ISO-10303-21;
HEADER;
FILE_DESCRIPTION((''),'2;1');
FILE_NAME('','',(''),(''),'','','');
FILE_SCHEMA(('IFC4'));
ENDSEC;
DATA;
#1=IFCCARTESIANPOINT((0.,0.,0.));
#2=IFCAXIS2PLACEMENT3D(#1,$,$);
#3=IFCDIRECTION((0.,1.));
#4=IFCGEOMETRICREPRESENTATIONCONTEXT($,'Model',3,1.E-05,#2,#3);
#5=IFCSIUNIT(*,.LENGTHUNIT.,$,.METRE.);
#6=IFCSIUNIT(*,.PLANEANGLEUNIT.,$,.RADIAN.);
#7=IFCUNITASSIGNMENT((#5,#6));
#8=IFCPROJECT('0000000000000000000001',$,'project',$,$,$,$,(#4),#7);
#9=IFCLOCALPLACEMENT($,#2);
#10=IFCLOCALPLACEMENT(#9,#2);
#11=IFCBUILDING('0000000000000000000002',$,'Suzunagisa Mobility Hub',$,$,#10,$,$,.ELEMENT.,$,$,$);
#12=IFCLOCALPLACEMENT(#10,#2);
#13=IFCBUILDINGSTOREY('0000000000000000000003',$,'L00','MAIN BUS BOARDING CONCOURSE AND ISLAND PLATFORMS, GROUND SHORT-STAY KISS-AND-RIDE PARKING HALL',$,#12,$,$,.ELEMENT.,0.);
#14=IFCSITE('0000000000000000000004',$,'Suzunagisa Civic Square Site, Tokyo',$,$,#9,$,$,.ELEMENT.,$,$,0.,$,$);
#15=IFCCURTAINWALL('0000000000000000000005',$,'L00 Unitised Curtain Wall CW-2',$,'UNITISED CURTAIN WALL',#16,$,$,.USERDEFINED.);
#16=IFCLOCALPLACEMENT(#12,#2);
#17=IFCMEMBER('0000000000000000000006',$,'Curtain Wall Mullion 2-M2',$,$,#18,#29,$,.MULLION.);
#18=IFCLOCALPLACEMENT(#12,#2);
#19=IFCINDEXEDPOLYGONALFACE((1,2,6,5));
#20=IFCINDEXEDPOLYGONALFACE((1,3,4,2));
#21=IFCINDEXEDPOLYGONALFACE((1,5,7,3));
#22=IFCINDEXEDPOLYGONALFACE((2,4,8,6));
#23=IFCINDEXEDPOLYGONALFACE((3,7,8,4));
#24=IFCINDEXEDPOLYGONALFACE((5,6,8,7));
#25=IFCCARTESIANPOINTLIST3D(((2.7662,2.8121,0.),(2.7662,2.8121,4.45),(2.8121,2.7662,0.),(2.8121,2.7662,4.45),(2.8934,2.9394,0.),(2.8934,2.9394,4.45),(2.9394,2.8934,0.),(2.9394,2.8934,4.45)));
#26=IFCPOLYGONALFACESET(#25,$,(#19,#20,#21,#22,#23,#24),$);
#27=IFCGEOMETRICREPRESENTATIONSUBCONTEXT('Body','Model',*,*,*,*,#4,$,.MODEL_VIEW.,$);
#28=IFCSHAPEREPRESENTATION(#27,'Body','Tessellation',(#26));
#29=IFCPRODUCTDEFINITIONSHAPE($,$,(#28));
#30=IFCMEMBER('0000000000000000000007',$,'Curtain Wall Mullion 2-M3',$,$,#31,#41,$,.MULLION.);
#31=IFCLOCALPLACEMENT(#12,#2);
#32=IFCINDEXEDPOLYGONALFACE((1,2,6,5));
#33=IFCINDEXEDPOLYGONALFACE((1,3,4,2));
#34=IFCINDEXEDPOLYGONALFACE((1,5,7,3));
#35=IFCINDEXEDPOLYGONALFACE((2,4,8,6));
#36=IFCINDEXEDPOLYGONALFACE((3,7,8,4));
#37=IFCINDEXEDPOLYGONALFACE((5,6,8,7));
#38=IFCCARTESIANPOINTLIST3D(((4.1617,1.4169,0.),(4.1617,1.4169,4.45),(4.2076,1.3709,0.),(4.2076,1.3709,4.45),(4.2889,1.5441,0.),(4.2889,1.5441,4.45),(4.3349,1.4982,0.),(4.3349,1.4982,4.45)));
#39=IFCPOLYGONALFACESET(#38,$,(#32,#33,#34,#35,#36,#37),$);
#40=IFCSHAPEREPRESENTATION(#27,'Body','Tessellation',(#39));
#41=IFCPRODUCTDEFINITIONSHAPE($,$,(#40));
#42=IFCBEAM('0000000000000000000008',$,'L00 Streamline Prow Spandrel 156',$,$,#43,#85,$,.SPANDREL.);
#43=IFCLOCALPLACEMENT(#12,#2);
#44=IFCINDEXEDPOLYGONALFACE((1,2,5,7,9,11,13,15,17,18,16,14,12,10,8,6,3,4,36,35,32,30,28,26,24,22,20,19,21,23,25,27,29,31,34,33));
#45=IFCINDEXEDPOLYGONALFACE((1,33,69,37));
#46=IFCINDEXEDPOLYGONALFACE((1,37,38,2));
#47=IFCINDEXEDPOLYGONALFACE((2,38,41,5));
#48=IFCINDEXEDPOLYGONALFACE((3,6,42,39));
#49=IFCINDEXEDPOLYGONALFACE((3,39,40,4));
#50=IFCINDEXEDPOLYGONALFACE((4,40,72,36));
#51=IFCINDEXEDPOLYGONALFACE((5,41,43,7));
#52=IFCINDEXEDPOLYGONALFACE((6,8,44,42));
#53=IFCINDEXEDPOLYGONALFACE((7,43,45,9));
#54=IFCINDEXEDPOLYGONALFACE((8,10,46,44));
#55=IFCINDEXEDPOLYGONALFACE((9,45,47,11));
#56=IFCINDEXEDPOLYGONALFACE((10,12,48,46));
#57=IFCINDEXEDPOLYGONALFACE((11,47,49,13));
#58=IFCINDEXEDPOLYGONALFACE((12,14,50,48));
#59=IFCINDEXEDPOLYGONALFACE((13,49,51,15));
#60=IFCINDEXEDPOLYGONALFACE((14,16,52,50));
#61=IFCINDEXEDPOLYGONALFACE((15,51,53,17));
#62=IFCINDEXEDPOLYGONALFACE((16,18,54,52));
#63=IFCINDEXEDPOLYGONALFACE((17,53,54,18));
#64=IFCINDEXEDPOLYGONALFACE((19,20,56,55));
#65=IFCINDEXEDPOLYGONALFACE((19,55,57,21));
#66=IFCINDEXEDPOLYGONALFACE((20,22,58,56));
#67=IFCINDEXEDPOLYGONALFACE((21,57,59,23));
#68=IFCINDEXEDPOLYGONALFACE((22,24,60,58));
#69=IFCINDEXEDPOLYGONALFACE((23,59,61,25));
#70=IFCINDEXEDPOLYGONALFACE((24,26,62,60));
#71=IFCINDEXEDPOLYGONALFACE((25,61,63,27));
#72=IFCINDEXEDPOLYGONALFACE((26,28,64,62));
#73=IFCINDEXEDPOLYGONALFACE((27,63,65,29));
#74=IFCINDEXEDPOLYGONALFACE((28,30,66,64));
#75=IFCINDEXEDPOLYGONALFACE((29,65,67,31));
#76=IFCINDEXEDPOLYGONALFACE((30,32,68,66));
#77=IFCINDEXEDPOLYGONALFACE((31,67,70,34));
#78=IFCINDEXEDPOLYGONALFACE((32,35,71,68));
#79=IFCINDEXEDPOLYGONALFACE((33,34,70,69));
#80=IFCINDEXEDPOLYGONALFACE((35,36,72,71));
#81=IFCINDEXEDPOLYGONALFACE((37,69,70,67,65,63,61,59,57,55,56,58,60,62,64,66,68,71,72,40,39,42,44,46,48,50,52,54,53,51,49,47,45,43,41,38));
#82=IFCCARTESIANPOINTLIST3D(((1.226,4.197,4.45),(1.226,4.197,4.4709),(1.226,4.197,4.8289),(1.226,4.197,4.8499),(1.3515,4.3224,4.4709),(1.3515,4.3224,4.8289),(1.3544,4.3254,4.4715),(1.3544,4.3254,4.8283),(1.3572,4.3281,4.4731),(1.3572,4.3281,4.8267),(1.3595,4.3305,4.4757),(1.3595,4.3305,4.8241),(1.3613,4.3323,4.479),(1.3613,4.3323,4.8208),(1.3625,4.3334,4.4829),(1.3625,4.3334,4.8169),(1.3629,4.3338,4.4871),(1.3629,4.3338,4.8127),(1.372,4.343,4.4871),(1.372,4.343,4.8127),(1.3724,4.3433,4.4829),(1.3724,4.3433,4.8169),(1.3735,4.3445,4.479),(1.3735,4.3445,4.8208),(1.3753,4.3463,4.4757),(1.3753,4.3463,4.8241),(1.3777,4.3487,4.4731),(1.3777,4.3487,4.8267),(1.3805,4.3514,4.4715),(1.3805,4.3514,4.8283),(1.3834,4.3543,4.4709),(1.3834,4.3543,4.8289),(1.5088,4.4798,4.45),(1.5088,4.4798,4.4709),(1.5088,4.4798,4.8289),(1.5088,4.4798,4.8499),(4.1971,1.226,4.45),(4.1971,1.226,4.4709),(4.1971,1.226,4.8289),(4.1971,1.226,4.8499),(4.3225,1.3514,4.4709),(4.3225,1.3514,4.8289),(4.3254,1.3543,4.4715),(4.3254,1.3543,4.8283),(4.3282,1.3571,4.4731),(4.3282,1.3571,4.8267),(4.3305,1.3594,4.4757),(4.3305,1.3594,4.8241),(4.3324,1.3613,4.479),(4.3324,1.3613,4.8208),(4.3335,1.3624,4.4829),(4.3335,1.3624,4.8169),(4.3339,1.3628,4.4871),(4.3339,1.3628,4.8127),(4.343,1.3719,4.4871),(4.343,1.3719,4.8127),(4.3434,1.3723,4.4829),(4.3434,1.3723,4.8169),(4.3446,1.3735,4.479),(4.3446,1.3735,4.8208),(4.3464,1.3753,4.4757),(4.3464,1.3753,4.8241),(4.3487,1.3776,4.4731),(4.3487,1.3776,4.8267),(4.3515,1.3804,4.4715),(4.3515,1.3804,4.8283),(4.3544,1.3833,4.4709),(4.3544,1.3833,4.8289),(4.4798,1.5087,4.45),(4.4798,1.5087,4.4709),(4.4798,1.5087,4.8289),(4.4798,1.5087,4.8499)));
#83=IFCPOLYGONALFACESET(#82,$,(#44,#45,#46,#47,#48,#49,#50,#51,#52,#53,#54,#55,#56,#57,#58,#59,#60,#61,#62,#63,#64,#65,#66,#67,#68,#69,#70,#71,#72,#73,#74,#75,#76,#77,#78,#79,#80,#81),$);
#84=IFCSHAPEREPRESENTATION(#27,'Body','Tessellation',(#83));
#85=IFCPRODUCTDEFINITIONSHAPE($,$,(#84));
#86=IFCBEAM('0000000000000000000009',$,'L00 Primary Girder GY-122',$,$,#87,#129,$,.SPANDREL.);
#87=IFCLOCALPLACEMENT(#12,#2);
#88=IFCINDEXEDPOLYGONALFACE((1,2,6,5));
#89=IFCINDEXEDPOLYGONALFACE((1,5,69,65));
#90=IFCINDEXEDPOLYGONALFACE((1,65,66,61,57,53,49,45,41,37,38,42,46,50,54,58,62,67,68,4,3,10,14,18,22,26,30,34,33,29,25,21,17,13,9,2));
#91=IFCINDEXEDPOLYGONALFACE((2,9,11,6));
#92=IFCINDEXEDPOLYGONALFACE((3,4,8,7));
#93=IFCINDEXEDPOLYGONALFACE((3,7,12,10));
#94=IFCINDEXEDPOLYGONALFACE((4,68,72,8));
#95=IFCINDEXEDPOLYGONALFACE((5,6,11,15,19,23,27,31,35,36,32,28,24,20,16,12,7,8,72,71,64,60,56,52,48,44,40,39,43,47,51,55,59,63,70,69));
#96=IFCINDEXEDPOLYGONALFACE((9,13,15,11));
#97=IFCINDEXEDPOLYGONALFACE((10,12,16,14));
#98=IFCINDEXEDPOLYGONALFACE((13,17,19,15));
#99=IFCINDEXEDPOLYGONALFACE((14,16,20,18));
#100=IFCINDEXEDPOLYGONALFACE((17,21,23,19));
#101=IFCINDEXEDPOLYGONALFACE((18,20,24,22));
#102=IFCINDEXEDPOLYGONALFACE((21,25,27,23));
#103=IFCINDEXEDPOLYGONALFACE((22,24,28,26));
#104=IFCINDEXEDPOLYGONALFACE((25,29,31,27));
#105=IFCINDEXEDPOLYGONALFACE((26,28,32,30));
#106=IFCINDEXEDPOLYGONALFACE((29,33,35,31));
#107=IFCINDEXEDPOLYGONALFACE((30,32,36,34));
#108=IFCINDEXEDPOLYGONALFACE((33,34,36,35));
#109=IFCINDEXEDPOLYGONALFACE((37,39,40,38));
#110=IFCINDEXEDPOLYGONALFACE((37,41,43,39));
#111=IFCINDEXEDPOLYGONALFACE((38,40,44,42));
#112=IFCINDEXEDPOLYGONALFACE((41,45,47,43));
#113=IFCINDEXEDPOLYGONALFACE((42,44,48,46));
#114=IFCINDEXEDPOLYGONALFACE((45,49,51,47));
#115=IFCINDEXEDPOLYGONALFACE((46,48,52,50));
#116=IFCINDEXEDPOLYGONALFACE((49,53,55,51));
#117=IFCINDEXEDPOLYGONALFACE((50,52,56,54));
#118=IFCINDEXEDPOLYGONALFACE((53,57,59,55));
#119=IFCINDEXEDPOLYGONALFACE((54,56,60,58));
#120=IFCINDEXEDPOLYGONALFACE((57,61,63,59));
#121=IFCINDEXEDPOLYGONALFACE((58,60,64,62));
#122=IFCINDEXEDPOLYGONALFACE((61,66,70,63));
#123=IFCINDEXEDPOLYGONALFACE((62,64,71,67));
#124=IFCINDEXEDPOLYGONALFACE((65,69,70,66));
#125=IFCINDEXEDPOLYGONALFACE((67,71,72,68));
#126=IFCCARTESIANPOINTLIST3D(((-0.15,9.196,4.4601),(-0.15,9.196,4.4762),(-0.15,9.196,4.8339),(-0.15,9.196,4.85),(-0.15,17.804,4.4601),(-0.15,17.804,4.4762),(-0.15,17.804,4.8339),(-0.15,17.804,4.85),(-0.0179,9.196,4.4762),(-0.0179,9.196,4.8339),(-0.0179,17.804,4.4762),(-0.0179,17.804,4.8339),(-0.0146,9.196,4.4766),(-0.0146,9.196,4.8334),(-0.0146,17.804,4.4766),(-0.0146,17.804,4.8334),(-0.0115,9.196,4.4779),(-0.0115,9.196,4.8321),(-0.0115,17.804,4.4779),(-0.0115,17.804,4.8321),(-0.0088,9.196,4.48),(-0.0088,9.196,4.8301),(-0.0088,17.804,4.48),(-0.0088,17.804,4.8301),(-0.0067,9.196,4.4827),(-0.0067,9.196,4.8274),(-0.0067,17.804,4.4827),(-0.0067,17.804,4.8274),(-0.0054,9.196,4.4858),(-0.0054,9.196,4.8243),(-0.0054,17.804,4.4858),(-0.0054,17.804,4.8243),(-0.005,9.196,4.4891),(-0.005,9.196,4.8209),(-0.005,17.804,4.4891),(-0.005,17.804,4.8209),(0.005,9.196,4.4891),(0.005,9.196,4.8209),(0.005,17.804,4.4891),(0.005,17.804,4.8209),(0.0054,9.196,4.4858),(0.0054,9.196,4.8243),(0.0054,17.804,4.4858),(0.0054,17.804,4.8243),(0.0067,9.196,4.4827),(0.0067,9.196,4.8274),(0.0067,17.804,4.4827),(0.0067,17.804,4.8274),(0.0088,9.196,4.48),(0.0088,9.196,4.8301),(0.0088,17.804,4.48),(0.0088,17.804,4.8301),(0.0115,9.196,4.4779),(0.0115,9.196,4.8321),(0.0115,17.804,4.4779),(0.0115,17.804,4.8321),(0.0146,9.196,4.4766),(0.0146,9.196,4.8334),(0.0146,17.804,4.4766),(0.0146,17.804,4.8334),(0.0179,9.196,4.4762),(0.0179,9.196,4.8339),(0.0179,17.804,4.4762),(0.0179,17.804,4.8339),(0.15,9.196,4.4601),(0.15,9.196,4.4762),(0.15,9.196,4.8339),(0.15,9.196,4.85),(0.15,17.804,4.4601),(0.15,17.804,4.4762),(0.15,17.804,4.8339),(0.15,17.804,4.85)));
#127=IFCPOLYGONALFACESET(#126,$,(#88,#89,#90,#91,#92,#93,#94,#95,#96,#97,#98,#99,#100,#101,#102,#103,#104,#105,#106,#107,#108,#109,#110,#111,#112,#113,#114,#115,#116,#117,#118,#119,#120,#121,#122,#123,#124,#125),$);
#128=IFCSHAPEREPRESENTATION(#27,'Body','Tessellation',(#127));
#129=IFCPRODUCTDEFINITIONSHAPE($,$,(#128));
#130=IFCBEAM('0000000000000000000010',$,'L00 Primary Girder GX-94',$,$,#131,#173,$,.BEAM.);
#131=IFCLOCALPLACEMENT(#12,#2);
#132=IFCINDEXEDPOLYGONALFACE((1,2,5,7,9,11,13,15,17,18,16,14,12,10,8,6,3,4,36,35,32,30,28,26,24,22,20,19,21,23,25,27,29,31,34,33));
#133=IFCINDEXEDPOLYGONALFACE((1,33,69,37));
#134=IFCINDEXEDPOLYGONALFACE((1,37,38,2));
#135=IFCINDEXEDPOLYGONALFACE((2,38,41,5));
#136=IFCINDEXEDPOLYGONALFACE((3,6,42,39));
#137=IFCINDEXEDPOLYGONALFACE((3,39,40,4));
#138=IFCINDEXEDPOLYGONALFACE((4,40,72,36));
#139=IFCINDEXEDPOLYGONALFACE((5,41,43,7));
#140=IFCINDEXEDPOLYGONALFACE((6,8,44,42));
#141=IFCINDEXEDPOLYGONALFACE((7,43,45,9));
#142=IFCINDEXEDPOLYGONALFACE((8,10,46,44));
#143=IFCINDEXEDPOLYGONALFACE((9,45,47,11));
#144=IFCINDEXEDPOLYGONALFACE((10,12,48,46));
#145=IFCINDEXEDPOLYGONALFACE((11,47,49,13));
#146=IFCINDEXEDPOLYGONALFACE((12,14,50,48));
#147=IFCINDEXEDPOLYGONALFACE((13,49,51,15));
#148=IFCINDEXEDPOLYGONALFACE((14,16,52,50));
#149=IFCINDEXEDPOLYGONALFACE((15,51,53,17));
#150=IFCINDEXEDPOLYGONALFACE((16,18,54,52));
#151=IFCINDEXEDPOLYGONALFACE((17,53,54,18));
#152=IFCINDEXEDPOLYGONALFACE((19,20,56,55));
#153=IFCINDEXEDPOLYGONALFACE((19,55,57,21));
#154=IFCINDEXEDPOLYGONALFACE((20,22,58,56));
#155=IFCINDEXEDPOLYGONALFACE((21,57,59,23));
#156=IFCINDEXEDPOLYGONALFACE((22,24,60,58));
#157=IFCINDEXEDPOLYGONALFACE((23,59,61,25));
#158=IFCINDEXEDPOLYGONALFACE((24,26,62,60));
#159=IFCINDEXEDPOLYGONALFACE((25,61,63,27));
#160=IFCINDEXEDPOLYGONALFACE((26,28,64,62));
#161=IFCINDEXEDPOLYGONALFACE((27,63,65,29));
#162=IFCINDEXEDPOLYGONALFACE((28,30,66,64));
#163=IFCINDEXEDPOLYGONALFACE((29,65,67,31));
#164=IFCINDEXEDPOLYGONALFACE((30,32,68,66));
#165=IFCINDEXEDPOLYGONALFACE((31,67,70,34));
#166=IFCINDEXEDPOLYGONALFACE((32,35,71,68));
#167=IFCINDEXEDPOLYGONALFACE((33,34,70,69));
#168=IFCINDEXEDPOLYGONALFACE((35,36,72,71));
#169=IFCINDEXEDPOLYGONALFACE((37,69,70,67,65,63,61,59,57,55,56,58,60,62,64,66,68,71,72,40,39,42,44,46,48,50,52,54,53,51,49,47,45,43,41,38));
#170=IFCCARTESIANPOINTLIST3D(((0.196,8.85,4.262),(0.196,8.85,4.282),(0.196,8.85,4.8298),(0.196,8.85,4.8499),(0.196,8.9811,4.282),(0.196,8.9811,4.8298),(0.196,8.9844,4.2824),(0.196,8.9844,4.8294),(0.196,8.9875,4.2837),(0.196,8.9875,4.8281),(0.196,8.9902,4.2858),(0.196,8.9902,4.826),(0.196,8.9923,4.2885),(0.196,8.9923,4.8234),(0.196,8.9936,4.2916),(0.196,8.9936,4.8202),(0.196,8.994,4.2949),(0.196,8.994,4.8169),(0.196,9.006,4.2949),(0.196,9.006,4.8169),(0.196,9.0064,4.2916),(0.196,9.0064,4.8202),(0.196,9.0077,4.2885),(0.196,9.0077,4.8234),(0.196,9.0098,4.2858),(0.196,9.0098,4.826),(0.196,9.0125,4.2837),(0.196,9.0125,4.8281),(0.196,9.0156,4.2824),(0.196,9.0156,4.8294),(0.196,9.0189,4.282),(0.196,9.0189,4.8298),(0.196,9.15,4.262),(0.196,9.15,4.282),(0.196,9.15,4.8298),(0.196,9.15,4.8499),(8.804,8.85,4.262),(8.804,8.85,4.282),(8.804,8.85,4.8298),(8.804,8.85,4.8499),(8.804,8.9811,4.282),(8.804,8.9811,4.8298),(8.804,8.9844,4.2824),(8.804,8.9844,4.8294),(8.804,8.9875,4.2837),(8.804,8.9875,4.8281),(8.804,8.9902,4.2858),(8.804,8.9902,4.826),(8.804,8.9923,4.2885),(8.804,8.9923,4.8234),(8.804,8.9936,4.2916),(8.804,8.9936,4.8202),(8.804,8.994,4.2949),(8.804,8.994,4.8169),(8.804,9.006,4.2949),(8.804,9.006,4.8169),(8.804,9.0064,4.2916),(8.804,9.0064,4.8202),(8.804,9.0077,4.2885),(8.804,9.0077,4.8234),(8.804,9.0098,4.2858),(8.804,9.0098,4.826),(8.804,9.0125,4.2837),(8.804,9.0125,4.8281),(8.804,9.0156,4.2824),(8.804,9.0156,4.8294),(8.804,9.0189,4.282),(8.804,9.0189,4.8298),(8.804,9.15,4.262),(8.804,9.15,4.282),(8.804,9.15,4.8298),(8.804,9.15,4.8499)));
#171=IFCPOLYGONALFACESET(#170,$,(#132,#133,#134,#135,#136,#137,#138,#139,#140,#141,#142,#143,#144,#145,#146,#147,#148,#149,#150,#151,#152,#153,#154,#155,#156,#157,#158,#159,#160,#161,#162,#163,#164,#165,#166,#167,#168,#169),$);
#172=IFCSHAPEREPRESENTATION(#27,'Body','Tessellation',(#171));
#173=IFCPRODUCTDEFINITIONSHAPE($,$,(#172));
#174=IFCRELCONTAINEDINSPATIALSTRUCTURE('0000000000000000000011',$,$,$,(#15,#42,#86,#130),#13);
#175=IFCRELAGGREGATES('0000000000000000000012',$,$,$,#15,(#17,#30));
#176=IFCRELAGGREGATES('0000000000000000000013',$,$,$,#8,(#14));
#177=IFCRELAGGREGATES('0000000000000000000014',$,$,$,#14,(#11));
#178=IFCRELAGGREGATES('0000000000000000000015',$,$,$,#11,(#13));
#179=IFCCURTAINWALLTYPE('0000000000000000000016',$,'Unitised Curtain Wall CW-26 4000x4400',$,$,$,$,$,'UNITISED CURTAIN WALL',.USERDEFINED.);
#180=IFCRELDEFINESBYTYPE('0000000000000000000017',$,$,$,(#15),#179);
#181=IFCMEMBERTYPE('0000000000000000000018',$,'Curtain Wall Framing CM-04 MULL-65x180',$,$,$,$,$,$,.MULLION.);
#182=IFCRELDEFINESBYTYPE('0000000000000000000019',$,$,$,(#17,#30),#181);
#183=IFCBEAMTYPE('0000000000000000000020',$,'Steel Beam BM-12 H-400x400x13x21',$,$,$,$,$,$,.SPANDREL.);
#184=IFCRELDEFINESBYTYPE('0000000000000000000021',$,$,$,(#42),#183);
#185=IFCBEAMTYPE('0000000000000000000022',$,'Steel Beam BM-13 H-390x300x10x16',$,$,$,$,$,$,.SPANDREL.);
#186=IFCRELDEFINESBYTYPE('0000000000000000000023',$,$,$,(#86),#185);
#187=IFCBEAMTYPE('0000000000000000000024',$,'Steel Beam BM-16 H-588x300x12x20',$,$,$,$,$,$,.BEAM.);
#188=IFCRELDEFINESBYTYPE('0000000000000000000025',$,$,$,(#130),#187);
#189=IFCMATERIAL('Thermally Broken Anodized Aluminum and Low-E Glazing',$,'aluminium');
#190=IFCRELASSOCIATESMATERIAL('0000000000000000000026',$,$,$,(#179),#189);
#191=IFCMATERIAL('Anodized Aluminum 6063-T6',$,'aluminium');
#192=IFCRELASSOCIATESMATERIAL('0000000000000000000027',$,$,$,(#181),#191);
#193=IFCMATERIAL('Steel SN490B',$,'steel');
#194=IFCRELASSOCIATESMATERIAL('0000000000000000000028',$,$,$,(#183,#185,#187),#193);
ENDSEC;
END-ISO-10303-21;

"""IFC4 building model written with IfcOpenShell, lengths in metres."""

from ifc_helpers import new_model, si_unit, direction, frame, origin, origin_2d, place, context, subcontext, project, spatial, rectangle, i_section, extrude, material, material_profile, profile_set, type_object, element, aggregate, save


model = new_model("IFC4")

# Units and contexts
model_context = context("Model", 3, precision=1e-05, world=origin(), true_north=direction((0.0, 1.0)))
body_context = subcontext(model_context, "Body", "Model", "MODEL_VIEW")
ifc_project = project(units=[si_unit("LENGTHUNIT", "METRE"), si_unit("PLANEANGLEUNIT", "RADIAN")], contexts=[model_context])

# Site, building, storey
site_placement = place(None, origin())
site = spatial("IfcSite", under=ifc_project, at=site_placement, Name="Suzunagisa Civic Square Site, Tokyo", CompositionType="ELEMENT", RefElevation=0.0)
building_placement = place(site_placement, origin())
building = spatial("IfcBuilding", under=site, at=building_placement, Name="Suzunagisa Mobility Hub", CompositionType="ELEMENT")
storey_placement = place(building_placement, origin())
storey = spatial("IfcBuildingStorey", under=building, at=storey_placement, Name="L00", Description="MAIN BUS BOARDING CONCOURSE AND ISLAND PLATFORMS, GROUND SHORT-STAY KISS-AND-RIDE PARKING HALL", CompositionType="ELEMENT", Elevation=0.0)

# Shared definitions
ifc_material_1 = material(Name="Steel SN490B", Category="steel")

# Curtain wall
ifc_material_2 = material(Name="Thermally Broken Anodized Aluminum and Low-E Glazing", Category="aluminium")
ifc_material_3 = material(Name="Anodized Aluminum 6063-T6", Category="aluminium")
curtain_wall_type_1 = type_object("IfcCurtainWallType", Name="Unitised Curtain Wall CW-26 4000x4400", ElementType="UNITISED CURTAIN WALL", PredefinedType="USERDEFINED", material=ifc_material_2)
curtain_wall_1_placement = place(storey_placement, origin())
curtain_wall_1 = element("IfcCurtainWall", 1, at=curtain_wall_1_placement, inside=storey, type_object=curtain_wall_type_1, Name="L00 Unitised Curtain Wall CW-2", ObjectType="UNITISED CURTAIN WALL", PredefinedType="USERDEFINED")

# Members
ifc_material_profile_1 = material_profile(ifc_material_3, rectangle(XDim=0.0649, YDim=0.1799, at=origin_2d()), Name="MULL-65x180")
ifc_profile_set_1 = profile_set([ifc_material_profile_1], Name="Anodized Aluminum 6063-T6")
member_type_1 = type_object("IfcMemberType", Name="Curtain Wall Framing CM-04 MULL-65x180", PredefinedType="MULLION", material=ifc_profile_set_1)
member_1_placement = place(storey_placement, frame((2.8528, 2.8528, 0.0), z_axis=(0.0, 0.0, 1.0), x_axis=(0.707107, -0.707107, 0.0)))
member_1 = element("IfcMember", 2, at=member_1_placement, type_object=member_type_1, Name="Curtain Wall Mullion 2-M2", PredefinedType="MULLION", context=body_context, shape_type="SweptSolid", body=[
    extrude(rectangle(XDim=0.0649, YDim=0.1799, at=origin_2d()), origin(), (0.0, 0.0, 1.0), 4.45),
])
member_2_placement = place(storey_placement, frame((4.2483, 1.4575, 0.0), z_axis=(0.0, 0.0, 1.0), x_axis=(0.707107, -0.707107, 0.0)))
member_2 = element("IfcMember", 3, at=member_2_placement, type_object=member_type_1, Name="Curtain Wall Mullion 2-M3", PredefinedType="MULLION", context=body_context, shape_type="SweptSolid", body=[
    extrude(rectangle(XDim=0.0649, YDim=0.1799, at=origin_2d()), origin(), (0.0, 0.0, 1.0), 4.45),
])

# Beams
ifc_material_profile_2 = material_profile(ifc_material_1, i_section(OverallWidth=0.3999, OverallDepth=0.3999, WebThickness=0.0129, FlangeThickness=0.021, FilletRadius=0.0161, at=origin_2d()), Name="H-400x400x13x21")
ifc_profile_set_2 = profile_set([ifc_material_profile_2], Name="Steel SN490B")
beam_type_1 = type_object("IfcBeamType", Name="Steel Beam BM-12 H-400x400x13x21", PredefinedType="SPANDREL", material=ifc_profile_set_2)
beam_1_placement = place(storey_placement, frame((1.3674, 4.3384, 4.6499), z_axis=(0.707107, -0.707107, 0.0), x_axis=(0.707107, 0.707107, 0.0)))
element("IfcBeam", 4, at=beam_1_placement, inside=storey, type_object=beam_type_1, Name="L00 Streamline Prow Spandrel 156", PredefinedType="SPANDREL", context=body_context, shape_type="SweptSolid", body=[
    extrude(i_section(OverallWidth=0.3999, OverallDepth=0.3999, WebThickness=0.0129, FlangeThickness=0.021, FilletRadius=0.0161, at=origin_2d()), origin(), (0.0, 0.0, 1.0), 4.2017),
])
ifc_material_profile_3 = material_profile(ifc_material_1, i_section(OverallWidth=0.3, OverallDepth=0.3899, WebThickness=0.01, FlangeThickness=0.0161, FilletRadius=0.0129, at=origin_2d()), Name="H-390x300x10x16")
ifc_profile_set_3 = profile_set([ifc_material_profile_3], Name="Steel SN490B")
beam_type_2 = type_object("IfcBeamType", Name="Steel Beam BM-13 H-390x300x10x16", PredefinedType="SPANDREL", material=ifc_profile_set_3)
beam_2_placement = place(storey_placement, frame((0.0, 9.196, 4.655), z_axis=(0.0, 1.0, 0.0), x_axis=(-1.0, 0.0, 0.0)))
element("IfcBeam", 5, at=beam_2_placement, inside=storey, type_object=beam_type_2, Name="L00 Primary Girder GY-122", PredefinedType="SPANDREL", context=body_context, shape_type="SweptSolid", body=[
    extrude(i_section(OverallWidth=0.3, OverallDepth=0.3899, WebThickness=0.01, FlangeThickness=0.0161, FilletRadius=0.0129, at=origin_2d()), origin(), (0.0, 0.0, 1.0), 8.6079),
])
ifc_material_profile_4 = material_profile(ifc_material_1, i_section(OverallWidth=0.3, OverallDepth=0.5879, WebThickness=0.012, FlangeThickness=0.02, FilletRadius=0.0129, at=origin_2d()), Name="H-588x300x12x20")
ifc_profile_set_4 = profile_set([ifc_material_profile_4], Name="Steel SN490B")
beam_type_3 = type_object("IfcBeamType", Name="Steel Beam BM-16 H-588x300x12x20", PredefinedType="BEAM", material=ifc_profile_set_4)
for number, where, z_axis, x_axis, name in (
    (6, (0.196, 9.0, 4.5559), (1.0, 0.0, 0.0), (0.0, 1.0, 0.0), "L00 Primary Girder GX-94"),
):
    element("IfcBeam", number, at=place(storey_placement, frame(where, z_axis=z_axis, x_axis=x_axis)), inside=storey, type_object=beam_type_3, Name=name, PredefinedType="BEAM", context=body_context, shape_type="SweptSolid", body=[
        extrude(i_section(OverallWidth=0.3, OverallDepth=0.5879, WebThickness=0.012, FlangeThickness=0.02, FilletRadius=0.0129, at=origin_2d()), origin(), (0.0, 0.0, 1.0), 8.6079),
    ])

aggregate(curtain_wall_1, [member_1, member_2])

save(model, "model.ifc")
